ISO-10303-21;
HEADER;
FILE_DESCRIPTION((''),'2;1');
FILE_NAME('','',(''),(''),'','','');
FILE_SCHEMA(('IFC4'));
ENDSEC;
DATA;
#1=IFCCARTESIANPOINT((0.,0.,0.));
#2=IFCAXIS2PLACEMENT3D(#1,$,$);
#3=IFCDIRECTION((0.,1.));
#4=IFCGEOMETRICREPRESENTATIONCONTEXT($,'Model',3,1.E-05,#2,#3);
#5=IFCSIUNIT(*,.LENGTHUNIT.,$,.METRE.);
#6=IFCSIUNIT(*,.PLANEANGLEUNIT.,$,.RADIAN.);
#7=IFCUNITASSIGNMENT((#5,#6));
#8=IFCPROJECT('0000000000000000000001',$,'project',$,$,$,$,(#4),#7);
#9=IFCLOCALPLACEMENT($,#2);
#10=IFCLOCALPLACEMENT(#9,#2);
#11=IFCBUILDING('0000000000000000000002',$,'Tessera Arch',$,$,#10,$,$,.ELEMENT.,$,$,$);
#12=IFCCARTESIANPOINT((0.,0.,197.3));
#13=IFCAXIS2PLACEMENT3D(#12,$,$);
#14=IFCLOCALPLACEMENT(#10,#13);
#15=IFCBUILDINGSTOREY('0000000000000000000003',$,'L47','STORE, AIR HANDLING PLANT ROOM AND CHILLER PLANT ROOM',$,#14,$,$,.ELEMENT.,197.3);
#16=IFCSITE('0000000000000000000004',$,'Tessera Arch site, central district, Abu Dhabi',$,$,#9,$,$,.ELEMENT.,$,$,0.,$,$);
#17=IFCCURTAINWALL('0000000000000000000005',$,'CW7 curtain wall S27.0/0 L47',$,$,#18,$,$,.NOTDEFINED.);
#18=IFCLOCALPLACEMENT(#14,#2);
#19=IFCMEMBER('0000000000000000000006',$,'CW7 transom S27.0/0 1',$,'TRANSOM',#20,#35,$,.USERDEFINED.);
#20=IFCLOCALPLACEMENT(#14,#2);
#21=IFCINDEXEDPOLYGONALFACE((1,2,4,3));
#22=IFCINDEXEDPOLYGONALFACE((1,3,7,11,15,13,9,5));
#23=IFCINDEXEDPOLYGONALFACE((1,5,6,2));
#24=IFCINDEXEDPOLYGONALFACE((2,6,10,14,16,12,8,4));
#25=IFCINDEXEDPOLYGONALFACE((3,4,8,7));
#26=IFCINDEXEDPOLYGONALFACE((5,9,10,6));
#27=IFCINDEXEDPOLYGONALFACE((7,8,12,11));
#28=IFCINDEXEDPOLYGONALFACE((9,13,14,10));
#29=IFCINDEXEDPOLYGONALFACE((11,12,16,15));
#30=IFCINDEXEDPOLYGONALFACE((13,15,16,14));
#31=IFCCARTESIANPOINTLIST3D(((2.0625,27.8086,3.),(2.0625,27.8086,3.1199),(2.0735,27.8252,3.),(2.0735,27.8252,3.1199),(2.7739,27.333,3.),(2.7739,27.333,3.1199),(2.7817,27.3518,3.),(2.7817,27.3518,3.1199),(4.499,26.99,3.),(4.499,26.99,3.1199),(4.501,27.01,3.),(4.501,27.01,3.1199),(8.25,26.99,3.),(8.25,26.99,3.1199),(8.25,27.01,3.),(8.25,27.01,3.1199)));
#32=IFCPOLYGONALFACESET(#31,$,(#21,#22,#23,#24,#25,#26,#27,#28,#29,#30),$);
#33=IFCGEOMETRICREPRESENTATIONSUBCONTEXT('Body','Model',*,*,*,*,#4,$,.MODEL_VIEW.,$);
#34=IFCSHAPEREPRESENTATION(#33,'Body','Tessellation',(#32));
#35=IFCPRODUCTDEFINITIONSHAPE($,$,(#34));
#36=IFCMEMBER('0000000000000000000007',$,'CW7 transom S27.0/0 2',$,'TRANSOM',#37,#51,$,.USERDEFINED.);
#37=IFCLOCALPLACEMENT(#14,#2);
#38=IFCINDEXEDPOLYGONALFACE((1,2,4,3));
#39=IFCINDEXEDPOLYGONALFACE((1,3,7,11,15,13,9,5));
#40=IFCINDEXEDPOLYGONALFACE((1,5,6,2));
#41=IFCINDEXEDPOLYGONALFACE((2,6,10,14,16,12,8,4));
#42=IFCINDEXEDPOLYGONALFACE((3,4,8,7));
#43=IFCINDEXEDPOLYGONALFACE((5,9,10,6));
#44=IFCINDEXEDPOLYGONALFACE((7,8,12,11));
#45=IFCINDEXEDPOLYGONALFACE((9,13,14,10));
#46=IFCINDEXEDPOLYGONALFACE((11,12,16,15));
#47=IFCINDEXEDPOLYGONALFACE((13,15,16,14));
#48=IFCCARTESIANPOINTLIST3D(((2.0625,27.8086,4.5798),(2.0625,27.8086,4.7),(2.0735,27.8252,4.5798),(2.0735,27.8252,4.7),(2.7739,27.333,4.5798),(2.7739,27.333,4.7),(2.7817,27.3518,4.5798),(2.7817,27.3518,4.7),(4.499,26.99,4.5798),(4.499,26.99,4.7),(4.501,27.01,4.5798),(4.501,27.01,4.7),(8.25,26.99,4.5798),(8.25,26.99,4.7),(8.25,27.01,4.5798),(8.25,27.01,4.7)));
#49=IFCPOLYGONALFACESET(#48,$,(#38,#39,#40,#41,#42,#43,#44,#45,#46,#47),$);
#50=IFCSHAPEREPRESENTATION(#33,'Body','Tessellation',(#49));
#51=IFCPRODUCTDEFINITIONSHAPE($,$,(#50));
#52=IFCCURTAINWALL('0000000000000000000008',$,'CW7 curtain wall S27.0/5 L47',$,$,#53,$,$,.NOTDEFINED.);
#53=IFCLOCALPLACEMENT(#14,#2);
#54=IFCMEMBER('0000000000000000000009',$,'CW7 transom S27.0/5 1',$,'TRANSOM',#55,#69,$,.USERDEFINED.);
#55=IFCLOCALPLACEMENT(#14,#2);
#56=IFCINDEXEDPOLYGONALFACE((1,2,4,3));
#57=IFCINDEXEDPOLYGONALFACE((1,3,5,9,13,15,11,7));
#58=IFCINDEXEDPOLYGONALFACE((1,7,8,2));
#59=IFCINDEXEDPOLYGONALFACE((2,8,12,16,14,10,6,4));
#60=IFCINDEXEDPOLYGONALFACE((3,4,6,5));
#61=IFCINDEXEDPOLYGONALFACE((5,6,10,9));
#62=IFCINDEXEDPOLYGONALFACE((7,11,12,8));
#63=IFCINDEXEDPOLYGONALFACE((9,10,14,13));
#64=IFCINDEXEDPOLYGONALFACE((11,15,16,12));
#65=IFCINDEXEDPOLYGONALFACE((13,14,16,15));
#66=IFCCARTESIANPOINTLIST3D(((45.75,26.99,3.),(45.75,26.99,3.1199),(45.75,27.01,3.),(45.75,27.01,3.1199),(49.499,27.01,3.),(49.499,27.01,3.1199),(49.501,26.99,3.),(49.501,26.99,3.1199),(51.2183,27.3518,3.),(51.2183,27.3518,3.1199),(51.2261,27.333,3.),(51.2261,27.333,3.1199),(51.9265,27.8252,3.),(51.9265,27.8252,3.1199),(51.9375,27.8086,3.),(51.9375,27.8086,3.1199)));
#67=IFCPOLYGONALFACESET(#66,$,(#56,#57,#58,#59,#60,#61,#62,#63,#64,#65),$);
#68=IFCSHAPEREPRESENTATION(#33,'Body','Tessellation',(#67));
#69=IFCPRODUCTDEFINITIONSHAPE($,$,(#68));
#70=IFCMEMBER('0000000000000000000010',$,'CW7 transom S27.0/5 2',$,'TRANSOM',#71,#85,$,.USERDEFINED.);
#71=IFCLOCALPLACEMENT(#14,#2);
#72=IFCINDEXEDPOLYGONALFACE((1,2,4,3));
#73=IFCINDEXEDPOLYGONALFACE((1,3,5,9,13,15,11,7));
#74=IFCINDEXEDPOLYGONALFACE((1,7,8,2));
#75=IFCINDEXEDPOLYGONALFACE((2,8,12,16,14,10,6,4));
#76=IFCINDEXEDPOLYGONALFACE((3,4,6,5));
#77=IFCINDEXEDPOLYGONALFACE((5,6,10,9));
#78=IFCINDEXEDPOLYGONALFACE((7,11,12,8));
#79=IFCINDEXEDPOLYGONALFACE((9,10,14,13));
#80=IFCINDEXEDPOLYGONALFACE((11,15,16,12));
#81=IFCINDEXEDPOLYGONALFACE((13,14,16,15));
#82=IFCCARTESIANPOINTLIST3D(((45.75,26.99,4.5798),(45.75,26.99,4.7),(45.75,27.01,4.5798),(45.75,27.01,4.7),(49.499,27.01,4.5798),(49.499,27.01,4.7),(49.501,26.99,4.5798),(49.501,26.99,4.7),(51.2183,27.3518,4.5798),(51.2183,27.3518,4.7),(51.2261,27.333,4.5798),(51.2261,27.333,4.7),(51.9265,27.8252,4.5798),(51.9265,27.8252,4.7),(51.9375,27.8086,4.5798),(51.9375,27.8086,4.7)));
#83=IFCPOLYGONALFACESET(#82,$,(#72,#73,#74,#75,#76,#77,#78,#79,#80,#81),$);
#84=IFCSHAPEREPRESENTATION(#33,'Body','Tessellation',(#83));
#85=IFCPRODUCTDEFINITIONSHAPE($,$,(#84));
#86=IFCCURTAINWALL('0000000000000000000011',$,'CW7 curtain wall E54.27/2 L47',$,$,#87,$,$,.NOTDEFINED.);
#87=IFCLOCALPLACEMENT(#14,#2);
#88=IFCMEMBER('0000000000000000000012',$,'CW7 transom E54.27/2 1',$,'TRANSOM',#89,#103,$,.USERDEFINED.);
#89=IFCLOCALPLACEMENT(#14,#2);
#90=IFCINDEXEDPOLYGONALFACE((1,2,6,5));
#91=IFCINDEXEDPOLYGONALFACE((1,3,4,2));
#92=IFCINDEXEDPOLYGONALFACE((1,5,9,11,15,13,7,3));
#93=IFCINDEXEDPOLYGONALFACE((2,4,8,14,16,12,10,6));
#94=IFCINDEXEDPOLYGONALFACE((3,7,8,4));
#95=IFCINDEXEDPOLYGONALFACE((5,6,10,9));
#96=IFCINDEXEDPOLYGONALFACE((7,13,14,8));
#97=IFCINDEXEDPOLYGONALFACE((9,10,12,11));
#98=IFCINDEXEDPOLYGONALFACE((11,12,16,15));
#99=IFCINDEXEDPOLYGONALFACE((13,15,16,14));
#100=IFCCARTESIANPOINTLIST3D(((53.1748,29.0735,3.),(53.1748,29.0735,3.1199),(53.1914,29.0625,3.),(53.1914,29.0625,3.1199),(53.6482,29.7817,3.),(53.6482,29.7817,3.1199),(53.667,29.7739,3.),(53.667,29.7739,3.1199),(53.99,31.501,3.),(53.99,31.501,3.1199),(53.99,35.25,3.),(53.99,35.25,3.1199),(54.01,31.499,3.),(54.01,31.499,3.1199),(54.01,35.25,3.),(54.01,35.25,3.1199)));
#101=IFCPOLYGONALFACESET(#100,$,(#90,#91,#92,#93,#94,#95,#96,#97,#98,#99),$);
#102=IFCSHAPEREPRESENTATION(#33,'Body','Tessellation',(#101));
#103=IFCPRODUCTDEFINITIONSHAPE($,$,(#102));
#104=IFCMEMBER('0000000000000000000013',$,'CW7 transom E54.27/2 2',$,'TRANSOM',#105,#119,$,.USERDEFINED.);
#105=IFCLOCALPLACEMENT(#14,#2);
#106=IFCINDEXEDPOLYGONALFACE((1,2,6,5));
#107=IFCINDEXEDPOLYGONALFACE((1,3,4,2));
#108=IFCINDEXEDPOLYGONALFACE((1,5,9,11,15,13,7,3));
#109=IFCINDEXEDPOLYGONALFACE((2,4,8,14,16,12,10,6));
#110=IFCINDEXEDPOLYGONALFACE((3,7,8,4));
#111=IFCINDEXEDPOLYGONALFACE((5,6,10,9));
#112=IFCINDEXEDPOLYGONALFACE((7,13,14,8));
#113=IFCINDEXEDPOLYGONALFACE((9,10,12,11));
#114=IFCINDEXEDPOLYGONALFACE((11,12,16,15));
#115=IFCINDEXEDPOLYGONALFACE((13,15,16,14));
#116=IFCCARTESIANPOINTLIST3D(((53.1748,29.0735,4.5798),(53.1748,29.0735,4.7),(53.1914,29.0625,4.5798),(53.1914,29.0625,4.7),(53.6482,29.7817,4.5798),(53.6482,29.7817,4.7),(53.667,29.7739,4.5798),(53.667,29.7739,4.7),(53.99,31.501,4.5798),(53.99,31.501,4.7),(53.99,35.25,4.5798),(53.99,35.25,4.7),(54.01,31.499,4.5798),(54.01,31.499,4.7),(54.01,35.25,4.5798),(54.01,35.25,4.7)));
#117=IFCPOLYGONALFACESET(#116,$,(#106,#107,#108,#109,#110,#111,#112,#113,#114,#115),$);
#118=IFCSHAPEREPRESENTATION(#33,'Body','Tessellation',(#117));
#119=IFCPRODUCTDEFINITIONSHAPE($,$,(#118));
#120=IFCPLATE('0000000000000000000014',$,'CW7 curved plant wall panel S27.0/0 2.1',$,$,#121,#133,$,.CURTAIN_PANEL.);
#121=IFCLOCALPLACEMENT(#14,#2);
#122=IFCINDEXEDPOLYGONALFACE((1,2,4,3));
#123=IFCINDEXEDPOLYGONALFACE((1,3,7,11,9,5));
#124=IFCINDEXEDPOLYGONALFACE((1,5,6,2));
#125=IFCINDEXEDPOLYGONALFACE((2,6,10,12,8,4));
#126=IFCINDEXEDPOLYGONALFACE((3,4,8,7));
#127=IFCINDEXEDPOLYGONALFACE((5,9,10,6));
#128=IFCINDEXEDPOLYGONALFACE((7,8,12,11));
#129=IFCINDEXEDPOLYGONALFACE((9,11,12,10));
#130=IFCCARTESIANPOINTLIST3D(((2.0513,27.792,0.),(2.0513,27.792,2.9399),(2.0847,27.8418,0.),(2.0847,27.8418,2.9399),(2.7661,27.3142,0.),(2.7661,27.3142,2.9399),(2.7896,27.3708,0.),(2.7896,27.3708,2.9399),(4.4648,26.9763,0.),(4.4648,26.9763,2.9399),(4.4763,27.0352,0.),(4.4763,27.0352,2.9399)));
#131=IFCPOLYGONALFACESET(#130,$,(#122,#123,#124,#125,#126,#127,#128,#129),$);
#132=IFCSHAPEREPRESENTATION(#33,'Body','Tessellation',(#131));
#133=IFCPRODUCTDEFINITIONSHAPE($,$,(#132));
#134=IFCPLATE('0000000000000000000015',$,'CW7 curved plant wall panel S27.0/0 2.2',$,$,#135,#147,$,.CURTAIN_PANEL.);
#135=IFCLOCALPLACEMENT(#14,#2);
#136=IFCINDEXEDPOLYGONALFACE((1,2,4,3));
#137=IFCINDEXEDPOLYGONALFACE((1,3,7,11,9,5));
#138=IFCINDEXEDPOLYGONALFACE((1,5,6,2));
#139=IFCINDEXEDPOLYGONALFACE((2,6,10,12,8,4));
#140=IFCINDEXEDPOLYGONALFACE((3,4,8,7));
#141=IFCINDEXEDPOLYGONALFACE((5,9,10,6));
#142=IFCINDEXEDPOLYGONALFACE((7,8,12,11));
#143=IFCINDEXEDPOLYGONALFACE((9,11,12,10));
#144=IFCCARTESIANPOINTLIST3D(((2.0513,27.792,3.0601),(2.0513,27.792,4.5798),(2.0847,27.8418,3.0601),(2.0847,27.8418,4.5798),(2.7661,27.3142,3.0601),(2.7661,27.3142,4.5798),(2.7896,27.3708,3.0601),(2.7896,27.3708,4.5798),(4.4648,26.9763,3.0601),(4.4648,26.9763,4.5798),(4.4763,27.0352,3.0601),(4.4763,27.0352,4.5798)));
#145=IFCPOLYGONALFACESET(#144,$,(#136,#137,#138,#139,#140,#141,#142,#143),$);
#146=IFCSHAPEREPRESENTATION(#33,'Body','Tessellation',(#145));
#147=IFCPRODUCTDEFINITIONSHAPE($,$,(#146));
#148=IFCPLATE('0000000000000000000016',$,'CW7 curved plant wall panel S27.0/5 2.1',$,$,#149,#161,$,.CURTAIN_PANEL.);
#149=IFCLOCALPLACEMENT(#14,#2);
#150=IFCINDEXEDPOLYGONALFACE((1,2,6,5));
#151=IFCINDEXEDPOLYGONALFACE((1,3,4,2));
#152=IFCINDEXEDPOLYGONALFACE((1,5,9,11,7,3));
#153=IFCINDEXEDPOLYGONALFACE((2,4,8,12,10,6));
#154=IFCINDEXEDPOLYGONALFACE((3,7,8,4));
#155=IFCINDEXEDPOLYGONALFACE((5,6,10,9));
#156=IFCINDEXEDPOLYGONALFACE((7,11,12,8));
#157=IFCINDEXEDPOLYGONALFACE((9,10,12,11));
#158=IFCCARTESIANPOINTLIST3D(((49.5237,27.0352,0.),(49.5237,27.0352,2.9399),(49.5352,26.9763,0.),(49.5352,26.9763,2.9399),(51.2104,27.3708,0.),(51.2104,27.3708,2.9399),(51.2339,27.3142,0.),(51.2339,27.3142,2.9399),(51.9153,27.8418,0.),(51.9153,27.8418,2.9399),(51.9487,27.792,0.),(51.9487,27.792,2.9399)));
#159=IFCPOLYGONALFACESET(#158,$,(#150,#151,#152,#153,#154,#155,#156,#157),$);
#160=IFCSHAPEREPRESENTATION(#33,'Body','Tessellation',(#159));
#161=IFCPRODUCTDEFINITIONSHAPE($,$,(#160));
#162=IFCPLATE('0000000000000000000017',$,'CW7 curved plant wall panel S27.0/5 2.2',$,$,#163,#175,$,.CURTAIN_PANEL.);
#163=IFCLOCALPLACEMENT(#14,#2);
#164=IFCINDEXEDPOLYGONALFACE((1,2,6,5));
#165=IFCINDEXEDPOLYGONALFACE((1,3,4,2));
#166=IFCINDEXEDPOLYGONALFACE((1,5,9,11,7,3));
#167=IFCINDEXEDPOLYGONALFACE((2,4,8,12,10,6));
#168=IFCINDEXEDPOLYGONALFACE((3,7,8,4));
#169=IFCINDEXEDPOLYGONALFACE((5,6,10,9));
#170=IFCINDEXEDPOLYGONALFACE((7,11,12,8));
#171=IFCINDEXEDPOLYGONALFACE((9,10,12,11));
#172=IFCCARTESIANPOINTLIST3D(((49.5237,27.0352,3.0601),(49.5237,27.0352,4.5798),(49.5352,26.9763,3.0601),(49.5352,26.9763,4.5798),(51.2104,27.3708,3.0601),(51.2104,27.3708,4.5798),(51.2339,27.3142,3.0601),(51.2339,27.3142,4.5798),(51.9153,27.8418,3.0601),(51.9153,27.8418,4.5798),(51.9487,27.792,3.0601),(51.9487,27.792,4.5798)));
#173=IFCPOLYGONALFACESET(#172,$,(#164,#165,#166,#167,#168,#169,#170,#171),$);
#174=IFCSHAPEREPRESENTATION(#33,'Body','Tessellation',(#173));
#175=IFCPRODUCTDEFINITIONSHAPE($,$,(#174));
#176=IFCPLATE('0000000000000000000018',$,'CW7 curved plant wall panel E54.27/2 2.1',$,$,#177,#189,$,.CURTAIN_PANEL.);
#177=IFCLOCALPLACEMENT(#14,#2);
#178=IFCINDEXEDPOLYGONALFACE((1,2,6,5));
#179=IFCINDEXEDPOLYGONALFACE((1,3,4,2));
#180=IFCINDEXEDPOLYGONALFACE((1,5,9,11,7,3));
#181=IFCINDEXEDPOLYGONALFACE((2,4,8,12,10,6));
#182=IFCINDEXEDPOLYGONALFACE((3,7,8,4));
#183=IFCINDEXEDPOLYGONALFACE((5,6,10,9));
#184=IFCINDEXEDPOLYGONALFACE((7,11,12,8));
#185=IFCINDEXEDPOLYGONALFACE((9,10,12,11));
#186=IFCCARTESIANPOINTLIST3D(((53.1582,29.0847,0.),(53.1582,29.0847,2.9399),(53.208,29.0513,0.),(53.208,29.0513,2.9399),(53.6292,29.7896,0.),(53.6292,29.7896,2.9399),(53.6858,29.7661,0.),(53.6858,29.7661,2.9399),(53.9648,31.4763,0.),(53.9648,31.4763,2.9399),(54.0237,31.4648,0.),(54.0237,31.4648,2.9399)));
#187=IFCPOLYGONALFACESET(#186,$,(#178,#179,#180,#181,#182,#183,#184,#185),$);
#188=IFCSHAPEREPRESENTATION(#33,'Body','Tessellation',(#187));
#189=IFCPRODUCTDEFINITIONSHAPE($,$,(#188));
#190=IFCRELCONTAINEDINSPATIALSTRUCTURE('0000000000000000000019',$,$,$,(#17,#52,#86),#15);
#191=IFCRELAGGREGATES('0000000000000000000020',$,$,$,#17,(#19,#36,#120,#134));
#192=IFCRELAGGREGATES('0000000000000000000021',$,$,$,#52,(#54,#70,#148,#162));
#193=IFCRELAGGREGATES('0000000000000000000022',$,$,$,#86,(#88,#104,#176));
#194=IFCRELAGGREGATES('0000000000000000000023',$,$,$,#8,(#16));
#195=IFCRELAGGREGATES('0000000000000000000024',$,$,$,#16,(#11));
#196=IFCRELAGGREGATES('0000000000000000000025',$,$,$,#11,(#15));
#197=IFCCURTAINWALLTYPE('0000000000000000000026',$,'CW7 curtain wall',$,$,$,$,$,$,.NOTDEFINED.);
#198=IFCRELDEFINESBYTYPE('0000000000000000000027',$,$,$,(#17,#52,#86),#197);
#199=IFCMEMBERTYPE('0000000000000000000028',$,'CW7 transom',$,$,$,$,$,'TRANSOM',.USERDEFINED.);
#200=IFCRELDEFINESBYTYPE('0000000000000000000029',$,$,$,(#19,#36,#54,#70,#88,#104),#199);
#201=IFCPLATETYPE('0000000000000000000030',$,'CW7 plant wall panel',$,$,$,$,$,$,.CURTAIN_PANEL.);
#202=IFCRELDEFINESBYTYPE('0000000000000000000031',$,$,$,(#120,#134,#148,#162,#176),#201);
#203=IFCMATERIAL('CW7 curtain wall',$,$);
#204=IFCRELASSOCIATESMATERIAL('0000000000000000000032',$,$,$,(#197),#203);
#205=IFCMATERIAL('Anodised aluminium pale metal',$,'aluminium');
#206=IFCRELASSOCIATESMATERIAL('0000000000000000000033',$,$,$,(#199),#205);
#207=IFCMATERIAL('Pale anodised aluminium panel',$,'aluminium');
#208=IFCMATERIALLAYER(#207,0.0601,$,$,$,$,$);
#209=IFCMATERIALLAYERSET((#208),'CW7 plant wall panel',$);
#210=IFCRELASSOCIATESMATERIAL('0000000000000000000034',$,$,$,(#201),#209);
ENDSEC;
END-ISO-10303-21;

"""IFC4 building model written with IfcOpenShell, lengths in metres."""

from ifc_helpers import new_model, si_unit, direction, frame, origin, origin_2d, place, context, subcontext, project, spatial, polyline, rectangle, outline, extrude, material, layer, layer_set, material_profile, profile_set, type_object, element, aggregate, save


model = new_model("IFC4")

# Units and contexts
model_context = context("Model", 3, precision=1e-05, world=origin(), true_north=direction((0.0, 1.0)))
body_context = subcontext(model_context, "Body", "Model", "MODEL_VIEW")
ifc_project = project(units=[si_unit("LENGTHUNIT", "METRE"), si_unit("PLANEANGLEUNIT", "RADIAN")], contexts=[model_context])

# Site, building, storey
site_placement = place(None, origin())
site = spatial("IfcSite", under=ifc_project, at=site_placement, Name="Tessera Arch site, central district, Abu Dhabi", CompositionType="ELEMENT", RefElevation=0.0)
building_placement = place(site_placement, origin())
building = spatial("IfcBuilding", under=site, at=building_placement, Name="Tessera Arch", CompositionType="ELEMENT")
storey_placement = place(building_placement, frame((0.0, 0.0, 197.3)))
storey = spatial("IfcBuildingStorey", under=building, at=storey_placement, Name="L47", Description="STORE, AIR HANDLING PLANT ROOM AND CHILLER PLANT ROOM", CompositionType="ELEMENT", Elevation=197.3)

# Curtain walls, members
ifc_material_1 = material(Name="CW7 curtain wall")
curtain_wall_type = type_object("IfcCurtainWallType", Name="CW7 curtain wall", PredefinedType="NOTDEFINED", material=ifc_material_1)
curtain_wall_1_placement = place(storey_placement, origin())
curtain_wall_1 = element("IfcCurtainWall", 1, at=curtain_wall_1_placement, inside=storey, type_object=curtain_wall_type, Name="CW7 curtain wall S27.0/0 L47", PredefinedType="NOTDEFINED")
ifc_material_2 = material(Name="Anodised aluminium pale metal", Category="aluminium")
ifc_material_profile = material_profile(ifc_material_2, rectangle(XDim=0.1599, YDim=0.1201, at=origin_2d()), Name="AL 160x120")
ifc_profile_set = profile_set([ifc_material_profile], Name="Anodised aluminium pale metal")
member_type = type_object("IfcMemberType", Name="CW7 transom", ElementType="TRANSOM", PredefinedType="USERDEFINED", material=ifc_profile_set)
member_1_placement = place(storey_placement, frame((0.0, 0.0, 3.0)))
member_1 = element("IfcMember", 2, at=member_1_placement, type_object=member_type, Name="CW7 transom S27.0/0 1", ObjectType="TRANSOM", PredefinedType="USERDEFINED", context=body_context, shape_type="SweptSolid", body=[
    extrude(outline(polyline([(2.7817, 27.3518), (2.0735, 27.8252), (2.0625, 27.8086), (2.7739, 27.333), (4.499, 26.99), (8.25, 26.99), (8.25, 27.01), (4.501, 27.01), (2.7817, 27.3518)])), origin(), (0.0, 0.0, 1.0), 0.1199),
])
member_2_placement = place(storey_placement, frame((0.0, 0.0, 4.5798)))
member_2 = element("IfcMember", 3, at=member_2_placement, type_object=member_type, Name="CW7 transom S27.0/0 2", ObjectType="TRANSOM", PredefinedType="USERDEFINED", context=body_context, shape_type="SweptSolid", body=[
    extrude(outline(polyline([(2.7817, 27.3518), (2.0735, 27.8252), (2.0625, 27.8086), (2.7739, 27.333), (4.499, 26.99), (8.25, 26.99), (8.25, 27.01), (4.501, 27.01), (2.7817, 27.3518)])), origin(), (0.0, 0.0, 1.0), 0.1201),
])
curtain_wall_2_placement = place(storey_placement, origin())
curtain_wall_2 = element("IfcCurtainWall", 4, at=curtain_wall_2_placement, inside=storey, type_object=curtain_wall_type, Name="CW7 curtain wall S27.0/5 L47", PredefinedType="NOTDEFINED")
member_3_placement = place(storey_placement, frame((0.0, 0.0, 3.0)))
member_3 = element("IfcMember", 5, at=member_3_placement, type_object=member_type, Name="CW7 transom S27.0/5 1", ObjectType="TRANSOM", PredefinedType="USERDEFINED", context=body_context, shape_type="SweptSolid", body=[
    extrude(outline(polyline([(49.499, 27.01), (45.75, 27.01), (45.75, 26.99), (49.501, 26.99), (51.2261, 27.333), (51.9375, 27.8086), (51.9265, 27.8252), (51.2183, 27.3518), (49.499, 27.01)])), origin(), (0.0, 0.0, 1.0), 0.1199),
])
member_4_placement = place(storey_placement, frame((0.0, 0.0, 4.5798)))
member_4 = element("IfcMember", 6, at=member_4_placement, type_object=member_type, Name="CW7 transom S27.0/5 2", ObjectType="TRANSOM", PredefinedType="USERDEFINED", context=body_context, shape_type="SweptSolid", body=[
    extrude(outline(polyline([(49.499, 27.01), (45.75, 27.01), (45.75, 26.99), (49.501, 26.99), (51.2261, 27.333), (51.9375, 27.8086), (51.9265, 27.8252), (51.2183, 27.3518), (49.499, 27.01)])), origin(), (0.0, 0.0, 1.0), 0.1201),
])
curtain_wall_3_placement = place(storey_placement, origin())
curtain_wall_3 = element("IfcCurtainWall", 7, at=curtain_wall_3_placement, inside=storey, type_object=curtain_wall_type, Name="CW7 curtain wall E54.27/2 L47", PredefinedType="NOTDEFINED")
member_5_placement = place(storey_placement, frame((0.0, 0.0, 3.0)))
member_5 = element("IfcMember", 8, at=member_5_placement, type_object=member_type, Name="CW7 transom E54.27/2 1", ObjectType="TRANSOM", PredefinedType="USERDEFINED", context=body_context, shape_type="SweptSolid", body=[
    extrude(outline(polyline([(53.6482, 29.7817), (53.1748, 29.0735), (53.1914, 29.0625), (53.667, 29.7739), (54.01, 31.499), (54.01, 35.25), (53.99, 35.25), (53.99, 31.501), (53.6482, 29.7817)])), origin(), (0.0, 0.0, 1.0), 0.1199),
])
member_6_placement = place(storey_placement, frame((0.0, 0.0, 4.5798)))
member_6 = element("IfcMember", 9, at=member_6_placement, type_object=member_type, Name="CW7 transom E54.27/2 2", ObjectType="TRANSOM", PredefinedType="USERDEFINED", context=body_context, shape_type="SweptSolid", body=[
    extrude(outline(polyline([(53.6482, 29.7817), (53.1748, 29.0735), (53.1914, 29.0625), (53.667, 29.7739), (54.01, 31.499), (54.01, 35.25), (53.99, 35.25), (53.99, 31.501), (53.6482, 29.7817)])), origin(), (0.0, 0.0, 1.0), 0.1201),
])

# Plates
ifc_material_3 = material(Name="Pale anodised aluminium panel", Category="aluminium")
ifc_layer_1 = layer(ifc_material_3, 0.0601)
ifc_layer_set_1 = layer_set([ifc_layer_1], Name="CW7 plant wall panel")
plate_type_1 = type_object("IfcPlateType", Name="CW7 plant wall panel", PredefinedType="CURTAIN_PANEL", material=ifc_layer_set_1)
plate_1_placement = place(storey_placement, origin())
plate_1 = element("IfcPlate", 10, at=plate_1_placement, type_object=plate_type_1, Name="CW7 curved plant wall panel S27.0/0 2.1", PredefinedType="CURTAIN_PANEL", context=body_context, shape_type="SweptSolid", body=[
    extrude(outline(polyline([(2.7896, 27.3708), (2.0847, 27.8418), (2.0513, 27.792), (2.7661, 27.3142), (4.4648, 26.9763), (4.4763, 27.0352), (2.7896, 27.3708)])), origin(), (0.0, 0.0, 1.0), 2.9399),
])
plate_2_placement = place(storey_placement, frame((0.0, 0.0, 3.0601)))
plate_2 = element("IfcPlate", 11, at=plate_2_placement, type_object=plate_type_1, Name="CW7 curved plant wall panel S27.0/0 2.2", PredefinedType="CURTAIN_PANEL", context=body_context, shape_type="SweptSolid", body=[
    extrude(outline(polyline([(2.7896, 27.3708), (2.0847, 27.8418), (2.0513, 27.792), (2.7661, 27.3142), (4.4648, 26.9763), (4.4763, 27.0352), (2.7896, 27.3708)])), origin(), (0.0, 0.0, 1.0), 1.5198),
])
plate_3_placement = place(storey_placement, origin())
plate_3 = element("IfcPlate", 12, at=plate_3_placement, type_object=plate_type_1, Name="CW7 curved plant wall panel S27.0/5 2.1", PredefinedType="CURTAIN_PANEL", context=body_context, shape_type="SweptSolid", body=[
    extrude(outline(polyline([(51.2104, 27.3708), (49.5237, 27.0352), (49.5352, 26.9763), (51.2339, 27.3142), (51.9487, 27.792), (51.9153, 27.8418), (51.2104, 27.3708)])), origin(), (0.0, 0.0, 1.0), 2.9399),
])
plate_4_placement = place(storey_placement, frame((0.0, 0.0, 3.0601)))
plate_4 = element("IfcPlate", 13, at=plate_4_placement, type_object=plate_type_1, Name="CW7 curved plant wall panel S27.0/5 2.2", PredefinedType="CURTAIN_PANEL", context=body_context, shape_type="SweptSolid", body=[
    extrude(outline(polyline([(51.2104, 27.3708), (49.5237, 27.0352), (49.5352, 26.9763), (51.2339, 27.3142), (51.9487, 27.792), (51.9153, 27.8418), (51.2104, 27.3708)])), origin(), (0.0, 0.0, 1.0), 1.5198),
])
plate_5_placement = place(storey_placement, origin())
plate_5 = element("IfcPlate", 14, at=plate_5_placement, type_object=plate_type_1, Name="CW7 curved plant wall panel E54.27/2 2.1", PredefinedType="CURTAIN_PANEL", context=body_context, shape_type="SweptSolid", body=[
    extrude(outline(polyline([(53.6292, 29.7896), (53.1582, 29.0847), (53.208, 29.0513), (53.6858, 29.7661), (54.0237, 31.4648), (53.9648, 31.4763), (53.6292, 29.7896)])), origin(), (0.0, 0.0, 1.0), 2.9399),
])

aggregate(curtain_wall_1, [member_1, member_2, plate_1, plate_2])
aggregate(curtain_wall_2, [member_3, member_4, plate_3, plate_4])
aggregate(curtain_wall_3, [member_5, member_6, plate_5])

save(model, "model.ifc")
